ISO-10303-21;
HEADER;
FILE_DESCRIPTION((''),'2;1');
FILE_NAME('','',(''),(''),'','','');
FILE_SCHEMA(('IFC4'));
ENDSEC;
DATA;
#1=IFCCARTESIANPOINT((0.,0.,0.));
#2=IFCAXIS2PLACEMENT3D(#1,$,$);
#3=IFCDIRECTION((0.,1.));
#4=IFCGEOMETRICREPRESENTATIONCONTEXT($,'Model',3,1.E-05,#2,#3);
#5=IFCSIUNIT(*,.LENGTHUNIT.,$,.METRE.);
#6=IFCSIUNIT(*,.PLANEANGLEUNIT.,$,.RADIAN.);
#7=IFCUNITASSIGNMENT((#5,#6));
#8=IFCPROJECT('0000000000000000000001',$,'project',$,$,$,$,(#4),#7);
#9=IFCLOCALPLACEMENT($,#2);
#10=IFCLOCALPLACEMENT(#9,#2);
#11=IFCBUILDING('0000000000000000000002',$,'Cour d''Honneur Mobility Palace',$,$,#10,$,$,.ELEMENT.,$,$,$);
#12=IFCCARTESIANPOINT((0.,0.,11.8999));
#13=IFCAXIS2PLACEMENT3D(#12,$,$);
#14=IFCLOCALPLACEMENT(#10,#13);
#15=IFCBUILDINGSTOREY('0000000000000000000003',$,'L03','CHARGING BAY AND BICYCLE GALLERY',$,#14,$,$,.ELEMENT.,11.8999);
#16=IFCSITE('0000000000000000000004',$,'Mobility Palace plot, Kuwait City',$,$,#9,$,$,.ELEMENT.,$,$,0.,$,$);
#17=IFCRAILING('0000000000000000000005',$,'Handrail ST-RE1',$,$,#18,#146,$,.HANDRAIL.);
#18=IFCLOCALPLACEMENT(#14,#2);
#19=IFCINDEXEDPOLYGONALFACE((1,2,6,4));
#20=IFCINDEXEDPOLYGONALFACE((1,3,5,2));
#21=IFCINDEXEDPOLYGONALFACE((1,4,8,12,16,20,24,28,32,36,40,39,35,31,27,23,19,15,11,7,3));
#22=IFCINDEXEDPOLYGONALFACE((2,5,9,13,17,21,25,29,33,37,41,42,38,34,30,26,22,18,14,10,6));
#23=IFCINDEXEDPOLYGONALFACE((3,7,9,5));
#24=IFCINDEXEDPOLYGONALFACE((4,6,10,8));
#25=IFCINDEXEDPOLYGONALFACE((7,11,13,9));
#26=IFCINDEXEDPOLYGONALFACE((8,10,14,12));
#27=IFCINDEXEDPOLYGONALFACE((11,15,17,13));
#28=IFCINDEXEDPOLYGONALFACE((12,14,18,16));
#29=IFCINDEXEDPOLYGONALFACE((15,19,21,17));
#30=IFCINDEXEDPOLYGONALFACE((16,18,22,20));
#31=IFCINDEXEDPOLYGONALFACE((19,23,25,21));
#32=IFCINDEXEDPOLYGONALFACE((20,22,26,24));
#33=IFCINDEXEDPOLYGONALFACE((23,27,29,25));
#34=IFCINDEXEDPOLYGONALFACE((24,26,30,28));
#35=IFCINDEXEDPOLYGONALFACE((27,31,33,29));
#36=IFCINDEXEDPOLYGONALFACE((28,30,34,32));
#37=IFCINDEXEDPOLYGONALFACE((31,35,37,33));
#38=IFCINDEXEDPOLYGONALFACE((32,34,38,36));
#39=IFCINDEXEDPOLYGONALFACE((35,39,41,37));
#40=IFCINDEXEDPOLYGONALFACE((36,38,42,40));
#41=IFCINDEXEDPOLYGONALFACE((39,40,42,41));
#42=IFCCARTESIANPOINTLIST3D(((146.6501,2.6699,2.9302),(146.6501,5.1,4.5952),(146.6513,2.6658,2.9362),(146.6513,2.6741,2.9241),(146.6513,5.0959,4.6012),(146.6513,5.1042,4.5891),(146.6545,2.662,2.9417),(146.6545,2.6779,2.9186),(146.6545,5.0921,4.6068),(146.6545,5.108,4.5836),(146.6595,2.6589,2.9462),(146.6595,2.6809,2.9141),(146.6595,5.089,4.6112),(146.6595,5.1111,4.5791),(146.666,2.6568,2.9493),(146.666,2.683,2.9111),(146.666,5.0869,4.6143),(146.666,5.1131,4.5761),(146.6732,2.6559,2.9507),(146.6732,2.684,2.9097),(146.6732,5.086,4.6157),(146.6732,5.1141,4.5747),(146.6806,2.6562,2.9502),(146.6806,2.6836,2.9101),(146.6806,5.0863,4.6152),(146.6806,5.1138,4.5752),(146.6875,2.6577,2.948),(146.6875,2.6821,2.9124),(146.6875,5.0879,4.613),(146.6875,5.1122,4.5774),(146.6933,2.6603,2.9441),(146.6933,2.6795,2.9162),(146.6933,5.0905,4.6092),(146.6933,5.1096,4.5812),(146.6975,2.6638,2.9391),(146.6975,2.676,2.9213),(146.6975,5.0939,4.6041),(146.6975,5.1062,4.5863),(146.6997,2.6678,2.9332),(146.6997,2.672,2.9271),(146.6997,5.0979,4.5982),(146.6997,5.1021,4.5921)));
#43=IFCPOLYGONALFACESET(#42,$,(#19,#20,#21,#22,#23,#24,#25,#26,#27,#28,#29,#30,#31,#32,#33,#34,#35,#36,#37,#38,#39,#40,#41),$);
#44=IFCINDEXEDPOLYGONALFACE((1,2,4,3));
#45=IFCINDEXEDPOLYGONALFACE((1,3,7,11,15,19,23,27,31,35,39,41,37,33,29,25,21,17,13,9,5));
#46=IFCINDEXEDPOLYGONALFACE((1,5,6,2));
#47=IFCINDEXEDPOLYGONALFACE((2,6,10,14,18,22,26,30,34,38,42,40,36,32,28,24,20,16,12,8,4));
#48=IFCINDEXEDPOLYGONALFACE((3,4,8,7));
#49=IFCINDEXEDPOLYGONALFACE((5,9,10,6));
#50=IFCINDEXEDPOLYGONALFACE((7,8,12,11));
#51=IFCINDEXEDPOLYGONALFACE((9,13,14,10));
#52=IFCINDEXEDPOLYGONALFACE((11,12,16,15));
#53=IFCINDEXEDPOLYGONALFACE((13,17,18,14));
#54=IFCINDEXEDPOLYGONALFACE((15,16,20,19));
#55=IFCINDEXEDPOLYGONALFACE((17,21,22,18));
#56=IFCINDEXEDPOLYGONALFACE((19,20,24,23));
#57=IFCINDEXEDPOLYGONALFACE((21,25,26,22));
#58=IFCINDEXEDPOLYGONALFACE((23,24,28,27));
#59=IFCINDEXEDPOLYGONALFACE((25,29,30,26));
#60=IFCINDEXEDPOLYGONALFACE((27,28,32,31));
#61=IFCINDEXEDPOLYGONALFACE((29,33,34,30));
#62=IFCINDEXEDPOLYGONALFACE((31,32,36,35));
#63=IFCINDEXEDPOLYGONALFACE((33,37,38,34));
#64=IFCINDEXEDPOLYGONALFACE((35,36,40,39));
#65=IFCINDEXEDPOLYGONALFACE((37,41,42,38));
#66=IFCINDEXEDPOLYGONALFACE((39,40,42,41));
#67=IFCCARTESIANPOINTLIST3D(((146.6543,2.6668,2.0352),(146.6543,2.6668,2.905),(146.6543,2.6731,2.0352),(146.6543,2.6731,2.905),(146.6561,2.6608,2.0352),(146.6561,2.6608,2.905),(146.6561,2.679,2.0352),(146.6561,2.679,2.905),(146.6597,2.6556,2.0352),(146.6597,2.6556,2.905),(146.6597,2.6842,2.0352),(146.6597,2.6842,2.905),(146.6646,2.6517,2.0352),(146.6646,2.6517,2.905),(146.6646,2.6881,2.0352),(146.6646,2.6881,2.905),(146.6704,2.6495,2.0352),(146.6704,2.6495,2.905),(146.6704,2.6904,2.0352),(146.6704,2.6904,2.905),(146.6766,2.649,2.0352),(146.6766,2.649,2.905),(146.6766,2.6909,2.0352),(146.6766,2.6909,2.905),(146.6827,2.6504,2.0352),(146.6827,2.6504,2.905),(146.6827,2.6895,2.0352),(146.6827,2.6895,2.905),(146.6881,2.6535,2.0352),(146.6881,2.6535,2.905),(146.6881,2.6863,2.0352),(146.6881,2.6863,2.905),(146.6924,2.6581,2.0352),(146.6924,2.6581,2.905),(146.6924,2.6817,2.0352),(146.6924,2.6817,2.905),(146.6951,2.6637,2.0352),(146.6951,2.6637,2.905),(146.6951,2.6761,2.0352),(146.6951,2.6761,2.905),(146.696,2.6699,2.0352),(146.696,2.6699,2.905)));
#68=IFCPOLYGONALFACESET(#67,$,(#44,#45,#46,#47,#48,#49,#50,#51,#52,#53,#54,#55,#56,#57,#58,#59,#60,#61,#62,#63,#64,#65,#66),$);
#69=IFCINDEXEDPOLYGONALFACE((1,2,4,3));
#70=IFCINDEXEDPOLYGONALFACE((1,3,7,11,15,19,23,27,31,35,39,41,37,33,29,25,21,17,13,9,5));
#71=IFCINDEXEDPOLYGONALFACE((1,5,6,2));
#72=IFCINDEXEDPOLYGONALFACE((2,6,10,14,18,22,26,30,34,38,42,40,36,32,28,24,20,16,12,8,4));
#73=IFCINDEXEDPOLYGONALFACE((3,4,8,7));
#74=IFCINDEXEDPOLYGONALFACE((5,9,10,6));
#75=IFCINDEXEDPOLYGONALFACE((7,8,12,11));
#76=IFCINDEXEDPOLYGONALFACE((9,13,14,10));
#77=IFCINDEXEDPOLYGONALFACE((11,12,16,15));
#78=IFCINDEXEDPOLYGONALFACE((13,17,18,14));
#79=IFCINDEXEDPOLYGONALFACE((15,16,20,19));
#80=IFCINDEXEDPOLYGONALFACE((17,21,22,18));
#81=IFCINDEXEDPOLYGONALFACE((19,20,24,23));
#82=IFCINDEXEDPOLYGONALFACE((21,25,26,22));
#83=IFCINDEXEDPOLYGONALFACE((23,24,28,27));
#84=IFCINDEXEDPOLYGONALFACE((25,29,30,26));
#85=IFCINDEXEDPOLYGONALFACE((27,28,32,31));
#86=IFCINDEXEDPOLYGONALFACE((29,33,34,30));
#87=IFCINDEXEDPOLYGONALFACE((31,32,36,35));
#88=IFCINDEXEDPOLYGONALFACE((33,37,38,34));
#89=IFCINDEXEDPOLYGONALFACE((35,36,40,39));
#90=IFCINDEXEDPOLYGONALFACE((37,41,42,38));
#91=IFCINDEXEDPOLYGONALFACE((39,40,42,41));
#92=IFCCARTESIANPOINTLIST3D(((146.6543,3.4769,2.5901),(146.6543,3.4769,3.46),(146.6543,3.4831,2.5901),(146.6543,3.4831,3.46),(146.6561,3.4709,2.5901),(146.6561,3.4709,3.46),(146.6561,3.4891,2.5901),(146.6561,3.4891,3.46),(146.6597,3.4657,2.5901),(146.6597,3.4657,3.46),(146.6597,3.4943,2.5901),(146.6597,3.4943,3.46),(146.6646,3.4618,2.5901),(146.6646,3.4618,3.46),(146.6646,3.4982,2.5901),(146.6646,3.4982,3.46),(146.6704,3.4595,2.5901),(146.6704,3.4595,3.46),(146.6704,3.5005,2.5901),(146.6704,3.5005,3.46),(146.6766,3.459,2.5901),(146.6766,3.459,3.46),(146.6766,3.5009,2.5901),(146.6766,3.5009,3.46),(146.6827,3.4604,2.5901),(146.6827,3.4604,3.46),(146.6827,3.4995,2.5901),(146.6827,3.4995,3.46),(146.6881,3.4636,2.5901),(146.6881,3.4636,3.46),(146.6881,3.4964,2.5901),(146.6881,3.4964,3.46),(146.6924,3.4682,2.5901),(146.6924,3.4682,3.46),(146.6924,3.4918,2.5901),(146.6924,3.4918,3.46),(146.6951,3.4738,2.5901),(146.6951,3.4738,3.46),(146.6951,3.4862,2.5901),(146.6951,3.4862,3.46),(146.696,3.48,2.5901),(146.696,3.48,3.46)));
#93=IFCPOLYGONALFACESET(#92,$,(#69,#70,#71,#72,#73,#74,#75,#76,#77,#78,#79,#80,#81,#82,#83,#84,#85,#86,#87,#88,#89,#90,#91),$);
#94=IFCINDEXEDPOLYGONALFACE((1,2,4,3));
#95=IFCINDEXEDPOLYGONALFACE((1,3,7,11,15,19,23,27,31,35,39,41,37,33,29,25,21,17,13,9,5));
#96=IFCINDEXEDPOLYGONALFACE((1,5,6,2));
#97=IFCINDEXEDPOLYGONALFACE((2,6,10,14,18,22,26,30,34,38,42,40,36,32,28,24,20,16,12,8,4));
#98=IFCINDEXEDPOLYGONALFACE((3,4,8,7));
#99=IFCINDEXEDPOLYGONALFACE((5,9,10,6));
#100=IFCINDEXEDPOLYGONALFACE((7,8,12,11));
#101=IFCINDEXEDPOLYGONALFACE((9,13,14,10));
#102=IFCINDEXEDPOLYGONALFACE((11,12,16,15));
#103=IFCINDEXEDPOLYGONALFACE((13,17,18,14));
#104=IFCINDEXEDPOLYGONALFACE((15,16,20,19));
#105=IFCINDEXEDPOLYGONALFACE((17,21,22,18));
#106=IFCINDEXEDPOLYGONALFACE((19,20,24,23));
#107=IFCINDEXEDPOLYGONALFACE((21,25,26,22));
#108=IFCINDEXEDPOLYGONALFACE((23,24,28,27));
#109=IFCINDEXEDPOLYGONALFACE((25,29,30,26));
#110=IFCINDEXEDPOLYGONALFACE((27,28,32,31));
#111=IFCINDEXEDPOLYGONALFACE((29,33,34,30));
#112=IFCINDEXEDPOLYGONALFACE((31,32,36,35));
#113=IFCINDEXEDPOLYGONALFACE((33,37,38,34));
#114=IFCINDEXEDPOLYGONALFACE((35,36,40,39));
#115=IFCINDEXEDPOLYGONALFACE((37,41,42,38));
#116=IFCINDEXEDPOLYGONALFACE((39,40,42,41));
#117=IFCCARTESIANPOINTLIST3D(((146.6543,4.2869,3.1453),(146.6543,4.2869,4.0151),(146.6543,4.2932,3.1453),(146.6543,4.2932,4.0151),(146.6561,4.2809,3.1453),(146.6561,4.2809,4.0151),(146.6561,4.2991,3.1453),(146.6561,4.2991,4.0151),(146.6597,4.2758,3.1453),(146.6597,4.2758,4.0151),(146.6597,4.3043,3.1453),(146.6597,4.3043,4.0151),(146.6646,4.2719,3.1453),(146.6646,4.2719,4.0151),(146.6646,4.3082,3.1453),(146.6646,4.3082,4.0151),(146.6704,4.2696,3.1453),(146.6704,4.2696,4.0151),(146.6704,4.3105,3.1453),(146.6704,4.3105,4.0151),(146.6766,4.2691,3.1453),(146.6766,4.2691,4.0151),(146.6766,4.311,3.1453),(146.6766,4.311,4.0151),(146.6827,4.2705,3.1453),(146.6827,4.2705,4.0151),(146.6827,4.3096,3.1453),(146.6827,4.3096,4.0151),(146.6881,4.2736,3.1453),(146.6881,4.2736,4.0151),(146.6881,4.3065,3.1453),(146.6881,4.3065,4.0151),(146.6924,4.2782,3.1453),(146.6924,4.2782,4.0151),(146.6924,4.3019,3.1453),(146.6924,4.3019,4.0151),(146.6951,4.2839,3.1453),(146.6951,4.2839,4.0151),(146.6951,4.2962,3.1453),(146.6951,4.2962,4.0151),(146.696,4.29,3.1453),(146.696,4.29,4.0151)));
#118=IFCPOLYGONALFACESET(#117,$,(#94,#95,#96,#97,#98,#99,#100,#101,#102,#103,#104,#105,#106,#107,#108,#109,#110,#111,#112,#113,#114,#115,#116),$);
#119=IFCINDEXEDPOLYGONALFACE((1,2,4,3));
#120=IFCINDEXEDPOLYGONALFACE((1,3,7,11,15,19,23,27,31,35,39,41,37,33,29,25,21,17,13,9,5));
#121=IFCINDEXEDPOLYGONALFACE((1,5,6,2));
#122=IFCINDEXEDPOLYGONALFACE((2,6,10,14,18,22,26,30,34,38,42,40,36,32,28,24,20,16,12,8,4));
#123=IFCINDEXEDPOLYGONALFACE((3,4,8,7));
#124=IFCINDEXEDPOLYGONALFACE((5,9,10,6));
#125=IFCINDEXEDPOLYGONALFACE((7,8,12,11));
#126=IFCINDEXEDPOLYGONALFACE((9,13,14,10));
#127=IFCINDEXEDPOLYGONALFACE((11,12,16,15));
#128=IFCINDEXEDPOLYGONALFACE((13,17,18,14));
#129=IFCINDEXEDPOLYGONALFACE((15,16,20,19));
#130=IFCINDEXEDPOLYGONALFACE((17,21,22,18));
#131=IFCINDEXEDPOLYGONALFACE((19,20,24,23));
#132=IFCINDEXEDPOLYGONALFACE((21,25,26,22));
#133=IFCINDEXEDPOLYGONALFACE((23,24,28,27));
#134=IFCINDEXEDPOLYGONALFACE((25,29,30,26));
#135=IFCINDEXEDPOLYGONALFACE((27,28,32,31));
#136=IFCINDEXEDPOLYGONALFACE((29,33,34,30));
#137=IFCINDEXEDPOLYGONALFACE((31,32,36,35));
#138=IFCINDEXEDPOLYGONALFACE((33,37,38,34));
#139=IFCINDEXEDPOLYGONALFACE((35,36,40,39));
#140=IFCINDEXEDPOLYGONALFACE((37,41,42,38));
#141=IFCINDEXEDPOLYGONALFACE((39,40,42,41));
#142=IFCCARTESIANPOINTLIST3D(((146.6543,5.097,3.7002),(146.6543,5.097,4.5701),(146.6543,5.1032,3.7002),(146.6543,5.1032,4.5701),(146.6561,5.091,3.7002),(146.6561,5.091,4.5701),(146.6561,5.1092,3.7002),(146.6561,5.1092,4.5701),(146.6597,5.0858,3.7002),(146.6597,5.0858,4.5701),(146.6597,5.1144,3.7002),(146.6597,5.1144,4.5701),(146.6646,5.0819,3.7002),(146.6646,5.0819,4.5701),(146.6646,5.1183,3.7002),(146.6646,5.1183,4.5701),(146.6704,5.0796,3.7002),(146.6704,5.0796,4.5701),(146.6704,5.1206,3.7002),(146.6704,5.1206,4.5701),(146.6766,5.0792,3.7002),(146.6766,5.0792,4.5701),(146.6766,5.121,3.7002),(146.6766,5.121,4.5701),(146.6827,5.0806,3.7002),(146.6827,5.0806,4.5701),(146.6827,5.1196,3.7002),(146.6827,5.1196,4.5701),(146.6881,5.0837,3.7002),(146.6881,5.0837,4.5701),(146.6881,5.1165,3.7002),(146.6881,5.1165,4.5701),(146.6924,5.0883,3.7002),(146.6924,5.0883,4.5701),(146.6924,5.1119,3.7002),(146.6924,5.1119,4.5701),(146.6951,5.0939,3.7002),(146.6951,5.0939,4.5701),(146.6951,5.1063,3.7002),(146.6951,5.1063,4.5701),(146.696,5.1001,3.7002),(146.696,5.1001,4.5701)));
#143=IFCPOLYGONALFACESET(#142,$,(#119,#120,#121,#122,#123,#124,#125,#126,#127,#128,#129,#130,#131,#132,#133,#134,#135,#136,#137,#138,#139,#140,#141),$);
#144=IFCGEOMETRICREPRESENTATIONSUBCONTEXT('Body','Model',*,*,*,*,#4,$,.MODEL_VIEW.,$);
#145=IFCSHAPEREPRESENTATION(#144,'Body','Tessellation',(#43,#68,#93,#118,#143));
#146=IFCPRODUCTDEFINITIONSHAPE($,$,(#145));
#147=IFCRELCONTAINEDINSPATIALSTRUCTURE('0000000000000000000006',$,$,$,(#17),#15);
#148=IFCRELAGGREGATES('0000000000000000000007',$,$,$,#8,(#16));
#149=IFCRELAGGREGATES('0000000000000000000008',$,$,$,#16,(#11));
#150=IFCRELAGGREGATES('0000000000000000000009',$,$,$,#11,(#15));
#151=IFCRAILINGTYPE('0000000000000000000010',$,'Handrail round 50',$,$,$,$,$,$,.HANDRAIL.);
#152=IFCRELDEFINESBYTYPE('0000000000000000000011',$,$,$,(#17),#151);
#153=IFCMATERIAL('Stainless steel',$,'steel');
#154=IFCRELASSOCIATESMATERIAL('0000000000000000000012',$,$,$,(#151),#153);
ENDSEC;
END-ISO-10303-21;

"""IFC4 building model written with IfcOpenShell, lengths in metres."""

from ifc_helpers import new_model, si_unit, direction, frame, origin, origin_2d, place, context, subcontext, project, spatial, circle, extrude, material, type_object, element, save


model = new_model("IFC4")

# Units and contexts
model_context = context("Model", 3, precision=1e-05, world=origin(), true_north=direction((0.0, 1.0)))
body_context = subcontext(model_context, "Body", "Model", "MODEL_VIEW")
ifc_project = project(units=[si_unit("LENGTHUNIT", "METRE"), si_unit("PLANEANGLEUNIT", "RADIAN")], contexts=[model_context])

# Site, building, storey
site_placement = place(None, origin())
site = spatial("IfcSite", under=ifc_project, at=site_placement, Name="Mobility Palace plot, Kuwait City", CompositionType="ELEMENT", RefElevation=0.0)
building_placement = place(site_placement, origin())
building = spatial("IfcBuilding", under=site, at=building_placement, Name="Cour d'Honneur Mobility Palace", CompositionType="ELEMENT")
storey_placement = place(building_placement, frame((0.0, 0.0, 11.8999)))
storey = spatial("IfcBuildingStorey", under=building, at=storey_placement, Name="L03", Description="CHARGING BAY AND BICYCLE GALLERY", CompositionType="ELEMENT", Elevation=11.8999)

# Railing
ifc_material_1 = material(Name="Stainless steel", Category="steel")
railing_type_1 = type_object("IfcRailingType", Name="Handrail round 50", PredefinedType="HANDRAIL", material=ifc_material_1)
railing_1_placement = place(storey_placement, frame((146.675, 2.6699, 2.0352)))
element("IfcRailing", 1, at=railing_1_placement, inside=storey, type_object=railing_type_1, Name="Handrail ST-RE1", PredefinedType="HANDRAIL", context=body_context, shape_type="SweptSolid", body=[
    extrude(circle(Radius=0.0249, at=origin_2d()), frame((0.0, 0.0, 0.895), z_axis=(0.0, 0.824945, 0.565213), x_axis=(-1.0, 0.0, 0.0)), (0.0, 0.0, 1.0), 2.9458),
    extrude(circle(Radius=0.021, at=origin_2d()), origin(), (0.0, 0.0, 1.0), 0.8699),
    extrude(circle(Radius=0.021, at=origin_2d()), frame((0.0, 0.8101, 0.5549)), (0.0, 0.0, 1.0), 0.8699),
    extrude(circle(Radius=0.021, at=origin_2d()), frame((0.0, 1.6201, 1.1101)), (0.0, 0.0, 1.0), 0.8699),
    extrude(circle(Radius=0.021, at=origin_2d()), frame((0.0, 2.4302, 1.665)), (0.0, 0.0, 1.0), 0.8699),
])

save(model, "model.ifc")
